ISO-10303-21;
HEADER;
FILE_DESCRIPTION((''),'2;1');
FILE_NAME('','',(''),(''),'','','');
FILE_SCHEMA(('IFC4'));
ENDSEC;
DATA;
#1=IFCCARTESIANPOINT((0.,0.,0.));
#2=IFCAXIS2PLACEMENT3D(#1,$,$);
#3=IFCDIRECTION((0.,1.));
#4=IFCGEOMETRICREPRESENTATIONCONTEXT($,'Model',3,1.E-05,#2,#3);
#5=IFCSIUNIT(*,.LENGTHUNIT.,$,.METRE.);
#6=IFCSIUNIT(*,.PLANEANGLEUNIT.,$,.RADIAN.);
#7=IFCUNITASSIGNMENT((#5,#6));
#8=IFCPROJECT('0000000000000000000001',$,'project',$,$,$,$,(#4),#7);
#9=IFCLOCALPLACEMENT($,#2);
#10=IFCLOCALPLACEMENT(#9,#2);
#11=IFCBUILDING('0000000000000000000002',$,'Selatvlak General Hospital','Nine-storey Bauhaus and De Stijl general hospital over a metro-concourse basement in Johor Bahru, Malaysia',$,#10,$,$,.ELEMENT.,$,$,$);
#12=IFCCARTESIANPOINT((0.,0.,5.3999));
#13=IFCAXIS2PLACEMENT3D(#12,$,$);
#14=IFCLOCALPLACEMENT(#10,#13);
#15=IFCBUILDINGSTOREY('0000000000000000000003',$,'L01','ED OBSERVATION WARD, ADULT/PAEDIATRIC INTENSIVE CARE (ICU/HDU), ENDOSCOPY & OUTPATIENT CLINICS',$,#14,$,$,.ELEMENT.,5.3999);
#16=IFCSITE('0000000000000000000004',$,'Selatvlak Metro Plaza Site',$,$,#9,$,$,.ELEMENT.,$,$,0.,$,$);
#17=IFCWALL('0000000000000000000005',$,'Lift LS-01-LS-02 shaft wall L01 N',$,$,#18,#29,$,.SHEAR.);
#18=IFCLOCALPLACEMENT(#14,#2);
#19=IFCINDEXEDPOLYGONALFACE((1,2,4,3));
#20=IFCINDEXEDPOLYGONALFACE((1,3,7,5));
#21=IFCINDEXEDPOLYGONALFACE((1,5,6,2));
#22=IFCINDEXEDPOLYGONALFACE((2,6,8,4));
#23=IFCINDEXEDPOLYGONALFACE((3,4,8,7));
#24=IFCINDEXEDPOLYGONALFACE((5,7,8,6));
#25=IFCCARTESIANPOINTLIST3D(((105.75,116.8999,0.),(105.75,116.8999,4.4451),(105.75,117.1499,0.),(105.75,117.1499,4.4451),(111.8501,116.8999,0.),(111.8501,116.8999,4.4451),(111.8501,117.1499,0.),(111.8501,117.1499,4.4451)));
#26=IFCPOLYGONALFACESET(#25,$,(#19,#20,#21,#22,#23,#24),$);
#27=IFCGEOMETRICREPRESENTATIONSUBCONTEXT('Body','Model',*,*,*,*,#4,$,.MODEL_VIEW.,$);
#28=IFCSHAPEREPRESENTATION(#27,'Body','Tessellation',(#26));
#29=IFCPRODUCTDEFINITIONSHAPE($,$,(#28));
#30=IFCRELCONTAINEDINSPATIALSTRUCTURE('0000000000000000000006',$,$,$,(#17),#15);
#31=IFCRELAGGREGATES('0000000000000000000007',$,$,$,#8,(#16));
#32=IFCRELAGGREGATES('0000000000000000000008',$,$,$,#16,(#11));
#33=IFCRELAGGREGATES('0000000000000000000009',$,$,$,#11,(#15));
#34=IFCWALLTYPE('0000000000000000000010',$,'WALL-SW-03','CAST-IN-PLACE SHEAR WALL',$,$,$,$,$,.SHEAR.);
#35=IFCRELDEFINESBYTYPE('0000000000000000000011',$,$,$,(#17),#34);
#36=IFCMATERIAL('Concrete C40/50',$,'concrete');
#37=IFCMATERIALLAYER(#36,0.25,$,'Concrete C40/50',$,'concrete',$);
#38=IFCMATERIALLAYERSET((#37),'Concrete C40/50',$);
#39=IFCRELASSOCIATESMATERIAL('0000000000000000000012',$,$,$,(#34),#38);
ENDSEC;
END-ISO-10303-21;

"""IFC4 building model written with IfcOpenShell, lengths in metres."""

from ifc_helpers import new_model, si_unit, direction, frame, frame_2d, origin, place, context, subcontext, project, spatial, rectangle, extrude, material, layer, layer_set, type_object, element, save


model = new_model("IFC4")

# Units and contexts
model_context = context("Model", 3, precision=1e-05, world=origin(), true_north=direction((0.0, 1.0)))
body_context = subcontext(model_context, "Body", "Model", "MODEL_VIEW")
ifc_project = project(units=[si_unit("LENGTHUNIT", "METRE"), si_unit("PLANEANGLEUNIT", "RADIAN")], contexts=[model_context])

# Site, building, storey
site_placement = place(None, origin())
site = spatial("IfcSite", under=ifc_project, at=site_placement, Name="Selatvlak Metro Plaza Site", CompositionType="ELEMENT", RefElevation=0.0)
building_placement = place(site_placement, origin())
building = spatial("IfcBuilding", under=site, at=building_placement, Name="Selatvlak General Hospital", Description="Nine-storey Bauhaus and De Stijl general hospital over a metro-concourse basement in Johor Bahru, Malaysia", CompositionType="ELEMENT")
storey_placement = place(building_placement, frame((0.0, 0.0, 5.3999)))
storey = spatial("IfcBuildingStorey", under=building, at=storey_placement, Name="L01", Description="ED OBSERVATION WARD, ADULT/PAEDIATRIC INTENSIVE CARE (ICU/HDU), ENDOSCOPY & OUTPATIENT CLINICS", CompositionType="ELEMENT", Elevation=5.3999)

# Shared definitions
ifc_material_1 = material(Name="Concrete C40/50", Category="concrete")

# Wall
ifc_layer_1 = layer(ifc_material_1, 0.25, Name="Concrete C40/50", Category="concrete")
ifc_layer_set_1 = layer_set([ifc_layer_1], Name="Concrete C40/50")
wall_type = type_object("IfcWallType", Name="WALL-SW-03", Description="CAST-IN-PLACE SHEAR WALL", PredefinedType="SHEAR", material=ifc_layer_set_1)
wall_placement = place(storey_placement, frame((111.8501, 117.0249, 0.0), z_axis=(0.0, 0.0, 1.0), x_axis=(-1.0, 0.0, 0.0)))
element("IfcWall", 1, at=wall_placement, inside=storey, type_object=wall_type, Name="Lift LS-01-LS-02 shaft wall L01 N", PredefinedType="SHEAR", context=body_context, shape_type="SweptSolid", body=[
    extrude(rectangle(XDim=6.1001, YDim=0.25, at=frame_2d((3.05, 0.0))), origin(), (0.0, 0.0, 1.0), 4.4451),
])

save(model, "model.ifc")
